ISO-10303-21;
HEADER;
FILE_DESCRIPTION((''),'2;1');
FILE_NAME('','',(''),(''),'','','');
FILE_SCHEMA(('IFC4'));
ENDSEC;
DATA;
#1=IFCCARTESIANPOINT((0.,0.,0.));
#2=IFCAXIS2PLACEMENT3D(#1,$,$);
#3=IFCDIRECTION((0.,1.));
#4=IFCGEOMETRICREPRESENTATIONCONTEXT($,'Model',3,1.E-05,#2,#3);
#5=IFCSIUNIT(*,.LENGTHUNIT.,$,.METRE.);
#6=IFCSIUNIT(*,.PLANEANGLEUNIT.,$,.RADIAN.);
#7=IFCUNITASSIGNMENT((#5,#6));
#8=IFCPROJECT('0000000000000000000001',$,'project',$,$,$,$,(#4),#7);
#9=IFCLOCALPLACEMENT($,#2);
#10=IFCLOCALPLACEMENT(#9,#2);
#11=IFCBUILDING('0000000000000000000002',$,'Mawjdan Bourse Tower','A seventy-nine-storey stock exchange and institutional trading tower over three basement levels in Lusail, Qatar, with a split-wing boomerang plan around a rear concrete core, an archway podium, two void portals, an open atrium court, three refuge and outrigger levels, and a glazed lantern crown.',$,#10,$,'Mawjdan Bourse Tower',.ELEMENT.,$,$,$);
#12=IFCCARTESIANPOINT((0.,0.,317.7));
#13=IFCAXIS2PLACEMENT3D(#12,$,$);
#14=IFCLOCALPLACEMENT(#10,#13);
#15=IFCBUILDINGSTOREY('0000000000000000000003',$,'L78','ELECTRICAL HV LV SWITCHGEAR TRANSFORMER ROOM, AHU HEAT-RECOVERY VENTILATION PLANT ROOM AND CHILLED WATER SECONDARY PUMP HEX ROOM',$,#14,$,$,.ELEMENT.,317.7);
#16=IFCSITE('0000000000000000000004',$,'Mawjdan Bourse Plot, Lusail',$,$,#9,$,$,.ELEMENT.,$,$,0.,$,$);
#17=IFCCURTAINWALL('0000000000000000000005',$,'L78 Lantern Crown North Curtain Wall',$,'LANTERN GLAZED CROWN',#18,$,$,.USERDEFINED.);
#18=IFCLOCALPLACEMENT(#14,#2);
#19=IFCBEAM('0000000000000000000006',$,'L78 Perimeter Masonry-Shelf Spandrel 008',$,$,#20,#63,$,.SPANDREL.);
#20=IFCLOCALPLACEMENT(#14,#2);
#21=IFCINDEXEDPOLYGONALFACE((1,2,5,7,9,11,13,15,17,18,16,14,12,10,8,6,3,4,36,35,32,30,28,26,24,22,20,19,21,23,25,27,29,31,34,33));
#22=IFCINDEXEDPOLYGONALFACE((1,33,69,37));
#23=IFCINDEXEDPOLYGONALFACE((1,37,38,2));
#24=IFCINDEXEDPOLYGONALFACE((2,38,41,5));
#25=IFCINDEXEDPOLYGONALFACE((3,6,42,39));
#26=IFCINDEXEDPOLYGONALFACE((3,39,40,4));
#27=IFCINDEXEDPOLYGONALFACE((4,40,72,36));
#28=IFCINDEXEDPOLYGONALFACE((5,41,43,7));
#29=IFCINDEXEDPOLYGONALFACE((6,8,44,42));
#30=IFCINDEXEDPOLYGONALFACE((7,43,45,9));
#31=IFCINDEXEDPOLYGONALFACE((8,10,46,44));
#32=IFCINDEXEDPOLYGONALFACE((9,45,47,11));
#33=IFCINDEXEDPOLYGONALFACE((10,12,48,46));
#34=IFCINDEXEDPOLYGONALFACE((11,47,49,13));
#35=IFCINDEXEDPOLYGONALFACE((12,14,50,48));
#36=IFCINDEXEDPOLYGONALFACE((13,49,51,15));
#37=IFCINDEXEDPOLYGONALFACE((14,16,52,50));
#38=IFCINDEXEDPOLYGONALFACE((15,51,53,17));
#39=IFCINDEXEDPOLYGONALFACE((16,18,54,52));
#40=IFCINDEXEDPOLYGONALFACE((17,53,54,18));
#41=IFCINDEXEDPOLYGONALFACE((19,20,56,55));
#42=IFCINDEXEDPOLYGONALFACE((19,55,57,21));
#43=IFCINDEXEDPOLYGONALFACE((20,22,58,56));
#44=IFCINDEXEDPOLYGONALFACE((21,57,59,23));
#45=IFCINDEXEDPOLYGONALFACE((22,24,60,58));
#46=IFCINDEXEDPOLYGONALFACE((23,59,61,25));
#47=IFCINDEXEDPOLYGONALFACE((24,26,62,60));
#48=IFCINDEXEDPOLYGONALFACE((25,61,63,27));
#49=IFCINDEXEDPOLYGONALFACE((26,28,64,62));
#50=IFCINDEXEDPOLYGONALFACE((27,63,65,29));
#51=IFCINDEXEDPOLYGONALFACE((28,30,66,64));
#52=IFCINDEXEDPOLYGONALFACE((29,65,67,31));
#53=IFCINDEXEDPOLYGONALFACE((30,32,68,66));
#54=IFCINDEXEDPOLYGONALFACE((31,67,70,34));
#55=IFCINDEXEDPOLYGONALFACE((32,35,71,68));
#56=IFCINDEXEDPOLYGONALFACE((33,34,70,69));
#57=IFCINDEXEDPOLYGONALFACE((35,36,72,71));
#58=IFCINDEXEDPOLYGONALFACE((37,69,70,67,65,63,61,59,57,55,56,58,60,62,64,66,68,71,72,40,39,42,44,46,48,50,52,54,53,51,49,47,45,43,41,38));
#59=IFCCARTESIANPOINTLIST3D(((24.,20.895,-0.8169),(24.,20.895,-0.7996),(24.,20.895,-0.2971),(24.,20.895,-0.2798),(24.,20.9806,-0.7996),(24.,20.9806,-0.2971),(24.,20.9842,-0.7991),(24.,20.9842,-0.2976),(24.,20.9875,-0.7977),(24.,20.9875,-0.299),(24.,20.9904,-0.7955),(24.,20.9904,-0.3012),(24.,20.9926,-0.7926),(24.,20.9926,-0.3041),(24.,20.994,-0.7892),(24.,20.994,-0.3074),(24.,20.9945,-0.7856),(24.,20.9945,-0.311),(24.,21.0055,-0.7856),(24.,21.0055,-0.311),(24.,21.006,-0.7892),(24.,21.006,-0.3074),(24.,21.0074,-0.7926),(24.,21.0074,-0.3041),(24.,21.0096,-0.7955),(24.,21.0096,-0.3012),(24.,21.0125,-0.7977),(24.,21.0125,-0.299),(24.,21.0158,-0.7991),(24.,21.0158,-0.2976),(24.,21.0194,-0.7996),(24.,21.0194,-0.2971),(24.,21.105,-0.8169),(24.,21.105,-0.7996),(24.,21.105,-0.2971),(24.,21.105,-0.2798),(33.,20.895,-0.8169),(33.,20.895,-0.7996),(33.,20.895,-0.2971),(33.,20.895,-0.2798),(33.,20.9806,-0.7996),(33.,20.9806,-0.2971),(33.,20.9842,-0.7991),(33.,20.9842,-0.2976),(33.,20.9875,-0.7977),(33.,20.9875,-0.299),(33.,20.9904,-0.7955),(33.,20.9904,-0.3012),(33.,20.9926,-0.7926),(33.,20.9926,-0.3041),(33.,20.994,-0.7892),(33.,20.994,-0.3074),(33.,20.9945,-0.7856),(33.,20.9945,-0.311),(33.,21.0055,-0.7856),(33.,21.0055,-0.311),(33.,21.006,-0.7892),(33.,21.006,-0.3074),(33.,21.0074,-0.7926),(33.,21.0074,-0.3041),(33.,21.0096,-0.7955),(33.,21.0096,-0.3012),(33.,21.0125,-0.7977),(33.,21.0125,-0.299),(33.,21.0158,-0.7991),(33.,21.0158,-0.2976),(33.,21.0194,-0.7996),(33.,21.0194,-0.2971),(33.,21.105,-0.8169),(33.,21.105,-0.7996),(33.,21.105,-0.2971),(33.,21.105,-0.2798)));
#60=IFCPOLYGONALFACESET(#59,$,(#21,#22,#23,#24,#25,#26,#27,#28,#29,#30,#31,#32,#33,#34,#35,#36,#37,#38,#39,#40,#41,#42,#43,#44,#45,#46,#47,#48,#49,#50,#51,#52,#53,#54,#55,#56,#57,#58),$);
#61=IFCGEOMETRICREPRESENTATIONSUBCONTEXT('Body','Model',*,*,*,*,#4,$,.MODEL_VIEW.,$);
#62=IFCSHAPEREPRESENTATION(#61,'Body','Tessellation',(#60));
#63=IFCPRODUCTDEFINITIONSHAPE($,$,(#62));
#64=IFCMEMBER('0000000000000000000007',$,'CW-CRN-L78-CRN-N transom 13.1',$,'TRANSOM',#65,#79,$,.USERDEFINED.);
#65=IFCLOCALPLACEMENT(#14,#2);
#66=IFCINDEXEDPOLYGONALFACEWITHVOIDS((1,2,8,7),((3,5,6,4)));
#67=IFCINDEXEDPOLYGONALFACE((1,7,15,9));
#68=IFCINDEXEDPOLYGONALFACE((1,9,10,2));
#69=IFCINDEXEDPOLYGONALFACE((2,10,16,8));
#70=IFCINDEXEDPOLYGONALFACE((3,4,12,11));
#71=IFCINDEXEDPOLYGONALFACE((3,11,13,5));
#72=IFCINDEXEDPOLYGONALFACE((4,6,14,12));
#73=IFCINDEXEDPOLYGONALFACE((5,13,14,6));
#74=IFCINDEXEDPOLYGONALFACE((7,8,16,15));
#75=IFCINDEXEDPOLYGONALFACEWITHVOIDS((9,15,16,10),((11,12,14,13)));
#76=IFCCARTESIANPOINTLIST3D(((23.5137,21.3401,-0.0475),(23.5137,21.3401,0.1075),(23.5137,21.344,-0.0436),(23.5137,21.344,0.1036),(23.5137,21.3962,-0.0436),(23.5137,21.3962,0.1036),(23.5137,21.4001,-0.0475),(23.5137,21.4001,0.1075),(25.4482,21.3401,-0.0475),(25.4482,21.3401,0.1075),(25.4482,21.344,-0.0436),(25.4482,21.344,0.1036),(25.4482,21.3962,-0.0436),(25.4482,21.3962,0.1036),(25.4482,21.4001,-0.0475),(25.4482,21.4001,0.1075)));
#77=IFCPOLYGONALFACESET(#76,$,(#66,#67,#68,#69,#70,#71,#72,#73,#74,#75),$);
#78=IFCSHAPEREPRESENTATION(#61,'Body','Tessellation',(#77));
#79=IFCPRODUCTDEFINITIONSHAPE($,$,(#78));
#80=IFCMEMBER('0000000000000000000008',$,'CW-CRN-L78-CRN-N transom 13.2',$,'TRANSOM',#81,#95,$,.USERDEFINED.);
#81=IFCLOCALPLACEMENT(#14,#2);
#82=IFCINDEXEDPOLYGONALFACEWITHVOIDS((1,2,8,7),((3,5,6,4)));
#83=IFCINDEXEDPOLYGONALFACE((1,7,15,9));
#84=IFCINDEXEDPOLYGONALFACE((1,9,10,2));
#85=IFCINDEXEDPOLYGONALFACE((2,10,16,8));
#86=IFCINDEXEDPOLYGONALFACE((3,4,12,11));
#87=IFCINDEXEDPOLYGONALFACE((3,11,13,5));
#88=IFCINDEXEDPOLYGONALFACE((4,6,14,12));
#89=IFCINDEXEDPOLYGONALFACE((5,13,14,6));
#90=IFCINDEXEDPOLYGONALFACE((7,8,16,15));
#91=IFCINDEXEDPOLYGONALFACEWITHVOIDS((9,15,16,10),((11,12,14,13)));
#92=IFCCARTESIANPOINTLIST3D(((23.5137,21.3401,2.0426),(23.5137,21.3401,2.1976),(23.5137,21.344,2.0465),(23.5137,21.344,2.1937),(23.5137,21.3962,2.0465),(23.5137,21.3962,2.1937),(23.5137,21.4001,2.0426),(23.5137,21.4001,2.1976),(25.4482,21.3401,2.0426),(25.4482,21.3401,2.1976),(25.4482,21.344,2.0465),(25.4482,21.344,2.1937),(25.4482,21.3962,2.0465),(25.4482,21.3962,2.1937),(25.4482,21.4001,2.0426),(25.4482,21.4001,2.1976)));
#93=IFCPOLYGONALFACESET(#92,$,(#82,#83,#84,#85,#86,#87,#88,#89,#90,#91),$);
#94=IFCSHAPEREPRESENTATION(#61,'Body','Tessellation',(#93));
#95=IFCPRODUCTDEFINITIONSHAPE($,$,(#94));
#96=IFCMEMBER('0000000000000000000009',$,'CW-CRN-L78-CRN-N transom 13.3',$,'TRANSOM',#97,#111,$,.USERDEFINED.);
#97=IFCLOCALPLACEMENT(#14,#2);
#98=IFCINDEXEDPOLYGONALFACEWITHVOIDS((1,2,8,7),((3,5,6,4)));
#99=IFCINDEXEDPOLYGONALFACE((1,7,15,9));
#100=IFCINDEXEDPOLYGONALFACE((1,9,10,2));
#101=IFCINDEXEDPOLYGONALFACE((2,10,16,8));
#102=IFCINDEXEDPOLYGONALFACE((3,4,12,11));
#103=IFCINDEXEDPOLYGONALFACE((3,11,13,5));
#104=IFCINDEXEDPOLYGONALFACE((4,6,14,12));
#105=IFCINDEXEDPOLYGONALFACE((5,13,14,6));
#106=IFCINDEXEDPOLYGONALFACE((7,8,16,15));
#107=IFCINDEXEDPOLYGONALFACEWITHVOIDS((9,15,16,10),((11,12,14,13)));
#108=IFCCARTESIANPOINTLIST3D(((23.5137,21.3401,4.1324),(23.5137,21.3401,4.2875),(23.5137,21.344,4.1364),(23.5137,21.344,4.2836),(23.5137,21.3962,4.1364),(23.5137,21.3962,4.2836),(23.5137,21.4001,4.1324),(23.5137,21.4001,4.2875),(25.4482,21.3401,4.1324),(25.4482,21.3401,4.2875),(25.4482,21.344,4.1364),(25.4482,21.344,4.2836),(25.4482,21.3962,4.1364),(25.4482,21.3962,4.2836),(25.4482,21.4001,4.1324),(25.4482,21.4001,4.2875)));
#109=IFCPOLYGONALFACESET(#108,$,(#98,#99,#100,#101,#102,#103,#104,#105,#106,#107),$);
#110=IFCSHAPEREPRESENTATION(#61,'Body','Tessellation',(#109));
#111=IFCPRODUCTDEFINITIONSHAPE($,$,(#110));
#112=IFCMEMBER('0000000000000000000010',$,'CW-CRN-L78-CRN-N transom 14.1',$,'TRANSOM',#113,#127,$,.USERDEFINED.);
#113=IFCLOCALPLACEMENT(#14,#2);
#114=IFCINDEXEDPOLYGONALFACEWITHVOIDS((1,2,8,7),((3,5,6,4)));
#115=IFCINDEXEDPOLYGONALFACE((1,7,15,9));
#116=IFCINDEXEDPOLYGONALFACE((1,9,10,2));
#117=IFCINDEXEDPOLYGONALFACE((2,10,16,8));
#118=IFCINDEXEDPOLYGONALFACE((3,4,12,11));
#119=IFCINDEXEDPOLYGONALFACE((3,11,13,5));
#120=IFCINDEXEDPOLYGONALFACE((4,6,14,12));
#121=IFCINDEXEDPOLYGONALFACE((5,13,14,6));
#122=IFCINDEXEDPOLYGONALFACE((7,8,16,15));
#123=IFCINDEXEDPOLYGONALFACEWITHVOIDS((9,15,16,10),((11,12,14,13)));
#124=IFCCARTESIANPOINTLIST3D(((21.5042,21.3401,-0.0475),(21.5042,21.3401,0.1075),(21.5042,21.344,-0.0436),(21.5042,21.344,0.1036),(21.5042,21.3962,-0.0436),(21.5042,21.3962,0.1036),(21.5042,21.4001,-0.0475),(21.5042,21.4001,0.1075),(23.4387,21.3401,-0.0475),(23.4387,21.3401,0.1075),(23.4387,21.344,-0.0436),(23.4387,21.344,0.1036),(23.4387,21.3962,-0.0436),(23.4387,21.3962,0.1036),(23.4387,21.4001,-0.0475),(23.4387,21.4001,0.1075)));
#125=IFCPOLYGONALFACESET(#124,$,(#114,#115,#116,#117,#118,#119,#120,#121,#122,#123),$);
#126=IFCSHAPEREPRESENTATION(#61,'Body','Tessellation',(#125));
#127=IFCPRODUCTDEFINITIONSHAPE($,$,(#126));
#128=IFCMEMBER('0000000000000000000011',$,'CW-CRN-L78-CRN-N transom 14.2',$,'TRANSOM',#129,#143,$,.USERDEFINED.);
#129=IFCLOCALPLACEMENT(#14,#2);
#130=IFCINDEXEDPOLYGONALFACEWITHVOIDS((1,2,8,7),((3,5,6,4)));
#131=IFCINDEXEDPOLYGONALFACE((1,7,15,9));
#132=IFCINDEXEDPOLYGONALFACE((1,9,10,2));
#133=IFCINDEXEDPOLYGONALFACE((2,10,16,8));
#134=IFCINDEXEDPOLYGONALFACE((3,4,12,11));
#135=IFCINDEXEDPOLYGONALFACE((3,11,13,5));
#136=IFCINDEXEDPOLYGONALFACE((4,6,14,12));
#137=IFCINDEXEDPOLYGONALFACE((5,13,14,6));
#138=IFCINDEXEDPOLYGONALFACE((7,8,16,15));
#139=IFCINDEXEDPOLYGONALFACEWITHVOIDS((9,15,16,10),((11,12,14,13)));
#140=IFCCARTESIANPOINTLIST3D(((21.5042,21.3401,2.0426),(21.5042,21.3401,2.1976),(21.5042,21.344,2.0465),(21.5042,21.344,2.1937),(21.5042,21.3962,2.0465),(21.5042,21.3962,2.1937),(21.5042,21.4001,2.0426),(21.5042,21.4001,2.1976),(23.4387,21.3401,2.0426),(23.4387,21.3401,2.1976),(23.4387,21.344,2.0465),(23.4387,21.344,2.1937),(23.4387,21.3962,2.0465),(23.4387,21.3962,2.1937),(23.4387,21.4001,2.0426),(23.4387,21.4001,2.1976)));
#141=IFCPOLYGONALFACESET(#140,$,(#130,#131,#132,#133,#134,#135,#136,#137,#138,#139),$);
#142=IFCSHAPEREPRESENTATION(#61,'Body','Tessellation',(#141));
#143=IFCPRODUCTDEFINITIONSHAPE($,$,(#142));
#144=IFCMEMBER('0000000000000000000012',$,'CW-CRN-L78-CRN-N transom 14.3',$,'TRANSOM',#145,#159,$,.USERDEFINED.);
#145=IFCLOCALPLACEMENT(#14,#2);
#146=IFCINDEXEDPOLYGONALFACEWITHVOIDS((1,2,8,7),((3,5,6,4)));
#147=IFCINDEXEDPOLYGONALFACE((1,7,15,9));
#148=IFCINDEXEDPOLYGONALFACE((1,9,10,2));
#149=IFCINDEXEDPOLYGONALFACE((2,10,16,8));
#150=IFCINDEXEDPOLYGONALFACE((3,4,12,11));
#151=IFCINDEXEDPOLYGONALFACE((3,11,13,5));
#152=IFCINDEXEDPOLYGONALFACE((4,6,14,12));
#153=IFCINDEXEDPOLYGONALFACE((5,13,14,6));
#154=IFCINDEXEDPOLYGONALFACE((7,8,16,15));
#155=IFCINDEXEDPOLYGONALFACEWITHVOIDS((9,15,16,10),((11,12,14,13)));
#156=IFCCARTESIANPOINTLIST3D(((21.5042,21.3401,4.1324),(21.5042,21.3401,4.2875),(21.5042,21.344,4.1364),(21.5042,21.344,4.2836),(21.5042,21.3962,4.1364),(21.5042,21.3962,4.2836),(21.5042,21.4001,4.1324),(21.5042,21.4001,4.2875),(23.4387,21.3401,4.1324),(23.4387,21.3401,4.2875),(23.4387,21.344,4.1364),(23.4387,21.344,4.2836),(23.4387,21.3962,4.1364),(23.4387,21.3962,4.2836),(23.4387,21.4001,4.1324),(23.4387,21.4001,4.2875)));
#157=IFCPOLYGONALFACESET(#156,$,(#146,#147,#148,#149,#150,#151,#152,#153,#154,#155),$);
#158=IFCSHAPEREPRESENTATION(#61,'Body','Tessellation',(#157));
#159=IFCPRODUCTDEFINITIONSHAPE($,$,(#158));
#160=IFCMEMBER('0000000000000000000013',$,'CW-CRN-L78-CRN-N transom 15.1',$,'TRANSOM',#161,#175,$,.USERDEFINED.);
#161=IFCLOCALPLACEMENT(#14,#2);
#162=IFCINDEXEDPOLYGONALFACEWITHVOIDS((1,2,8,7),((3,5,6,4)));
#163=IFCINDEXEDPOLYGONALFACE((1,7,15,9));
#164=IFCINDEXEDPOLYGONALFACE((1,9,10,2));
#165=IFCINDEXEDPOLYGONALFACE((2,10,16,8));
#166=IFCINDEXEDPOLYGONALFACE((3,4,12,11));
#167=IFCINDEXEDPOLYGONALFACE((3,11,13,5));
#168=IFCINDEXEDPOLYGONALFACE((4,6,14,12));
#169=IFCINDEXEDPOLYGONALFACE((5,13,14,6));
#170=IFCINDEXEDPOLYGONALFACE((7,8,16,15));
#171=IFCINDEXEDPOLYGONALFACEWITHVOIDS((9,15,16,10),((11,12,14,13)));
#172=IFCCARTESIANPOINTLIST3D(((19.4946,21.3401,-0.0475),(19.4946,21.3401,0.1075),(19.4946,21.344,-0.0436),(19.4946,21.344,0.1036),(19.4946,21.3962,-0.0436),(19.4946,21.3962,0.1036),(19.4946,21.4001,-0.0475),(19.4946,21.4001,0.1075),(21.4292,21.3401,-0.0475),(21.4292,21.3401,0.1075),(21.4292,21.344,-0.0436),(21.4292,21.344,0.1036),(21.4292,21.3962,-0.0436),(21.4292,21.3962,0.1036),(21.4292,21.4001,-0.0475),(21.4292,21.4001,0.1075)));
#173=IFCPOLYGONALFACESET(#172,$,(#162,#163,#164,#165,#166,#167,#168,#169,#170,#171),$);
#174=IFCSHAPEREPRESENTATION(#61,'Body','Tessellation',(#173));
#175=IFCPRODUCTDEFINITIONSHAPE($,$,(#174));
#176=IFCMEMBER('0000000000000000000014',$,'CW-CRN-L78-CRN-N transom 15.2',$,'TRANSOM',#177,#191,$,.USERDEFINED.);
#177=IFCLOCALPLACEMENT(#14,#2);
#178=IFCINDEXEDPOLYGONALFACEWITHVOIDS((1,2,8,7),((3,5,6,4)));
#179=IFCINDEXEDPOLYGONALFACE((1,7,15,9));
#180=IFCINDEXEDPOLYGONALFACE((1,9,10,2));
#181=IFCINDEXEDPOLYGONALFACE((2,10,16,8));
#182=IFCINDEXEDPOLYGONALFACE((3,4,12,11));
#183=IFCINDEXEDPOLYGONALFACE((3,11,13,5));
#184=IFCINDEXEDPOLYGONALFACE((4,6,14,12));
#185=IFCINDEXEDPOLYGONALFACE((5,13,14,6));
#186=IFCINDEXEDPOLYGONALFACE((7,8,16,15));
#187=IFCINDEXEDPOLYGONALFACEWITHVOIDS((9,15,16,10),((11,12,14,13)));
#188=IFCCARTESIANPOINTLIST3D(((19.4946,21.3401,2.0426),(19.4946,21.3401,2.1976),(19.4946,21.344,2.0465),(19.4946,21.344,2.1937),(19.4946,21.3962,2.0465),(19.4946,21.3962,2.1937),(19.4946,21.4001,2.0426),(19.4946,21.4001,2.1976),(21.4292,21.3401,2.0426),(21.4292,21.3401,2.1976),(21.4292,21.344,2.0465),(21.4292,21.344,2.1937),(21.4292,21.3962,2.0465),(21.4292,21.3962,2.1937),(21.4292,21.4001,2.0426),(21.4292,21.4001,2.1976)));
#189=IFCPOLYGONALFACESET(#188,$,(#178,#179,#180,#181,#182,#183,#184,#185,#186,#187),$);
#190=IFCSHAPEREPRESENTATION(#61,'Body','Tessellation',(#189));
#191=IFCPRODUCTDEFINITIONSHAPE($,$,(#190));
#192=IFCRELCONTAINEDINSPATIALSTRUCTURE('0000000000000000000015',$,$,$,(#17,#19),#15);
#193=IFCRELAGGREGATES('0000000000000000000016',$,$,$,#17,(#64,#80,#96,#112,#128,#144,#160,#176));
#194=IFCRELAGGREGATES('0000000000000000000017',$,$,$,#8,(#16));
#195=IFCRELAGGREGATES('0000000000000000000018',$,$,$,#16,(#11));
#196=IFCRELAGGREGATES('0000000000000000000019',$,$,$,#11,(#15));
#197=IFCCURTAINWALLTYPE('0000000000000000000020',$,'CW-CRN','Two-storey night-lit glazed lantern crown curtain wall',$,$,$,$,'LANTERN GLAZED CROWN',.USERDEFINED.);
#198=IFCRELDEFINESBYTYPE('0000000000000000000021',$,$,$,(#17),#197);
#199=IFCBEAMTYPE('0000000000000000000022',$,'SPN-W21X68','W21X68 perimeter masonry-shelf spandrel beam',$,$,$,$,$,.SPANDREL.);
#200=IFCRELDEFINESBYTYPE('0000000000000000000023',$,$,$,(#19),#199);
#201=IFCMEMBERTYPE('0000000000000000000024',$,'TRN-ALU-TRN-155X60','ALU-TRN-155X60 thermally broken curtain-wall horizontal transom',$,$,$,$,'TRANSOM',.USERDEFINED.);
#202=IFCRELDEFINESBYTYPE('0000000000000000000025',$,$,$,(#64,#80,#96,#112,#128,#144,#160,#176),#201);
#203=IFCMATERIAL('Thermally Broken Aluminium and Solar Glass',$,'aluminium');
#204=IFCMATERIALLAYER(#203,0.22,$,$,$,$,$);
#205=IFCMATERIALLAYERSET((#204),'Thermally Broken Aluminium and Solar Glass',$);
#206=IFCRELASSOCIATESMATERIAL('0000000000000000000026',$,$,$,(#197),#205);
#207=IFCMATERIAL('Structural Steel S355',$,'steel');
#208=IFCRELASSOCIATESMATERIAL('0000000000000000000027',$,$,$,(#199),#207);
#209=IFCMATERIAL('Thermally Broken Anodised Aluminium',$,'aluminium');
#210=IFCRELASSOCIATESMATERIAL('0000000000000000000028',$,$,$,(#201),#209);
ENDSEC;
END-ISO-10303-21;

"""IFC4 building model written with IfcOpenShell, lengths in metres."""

from ifc_helpers import new_model, si_unit, direction, frame, origin, origin_2d, place, context, subcontext, project, spatial, hollow_rectangle, i_section, extrude, material, layer, layer_set, material_profile, profile_set, type_object, element, aggregate, save


model = new_model("IFC4")

# Units and contexts
model_context = context("Model", 3, precision=1e-05, world=origin(), true_north=direction((0.0, 1.0)))
body_context = subcontext(model_context, "Body", "Model", "MODEL_VIEW")
ifc_project = project(units=[si_unit("LENGTHUNIT", "METRE"), si_unit("PLANEANGLEUNIT", "RADIAN")], contexts=[model_context])

# Site, building, storey
site_placement = place(None, origin())
site = spatial("IfcSite", under=ifc_project, at=site_placement, Name="Mawjdan Bourse Plot, Lusail", CompositionType="ELEMENT", RefElevation=0.0)
building_placement = place(site_placement, origin())
building = spatial("IfcBuilding", under=site, at=building_placement, Name="Mawjdan Bourse Tower", Description="A seventy-nine-storey stock exchange and institutional trading tower over three basement levels in Lusail, Qatar, with a split-wing boomerang plan around a rear concrete core, an archway podium, two void portals, an open atrium court, three refuge and outrigger levels, and a glazed lantern crown.", LongName="Mawjdan Bourse Tower", CompositionType="ELEMENT")
storey_placement = place(building_placement, frame((0.0, 0.0, 317.7)))
storey = spatial("IfcBuildingStorey", under=building, at=storey_placement, Name="L78", Description="ELECTRICAL HV LV SWITCHGEAR TRANSFORMER ROOM, AHU HEAT-RECOVERY VENTILATION PLANT ROOM AND CHILLED WATER SECONDARY PUMP HEX ROOM", CompositionType="ELEMENT", Elevation=317.7)

# Shared definitions
ifc_material_1 = material(Name="Structural Steel S355", Category="steel")

# Curtain wall
ifc_material_2 = material(Name="Thermally Broken Aluminium and Solar Glass", Category="aluminium")
ifc_layer_1 = layer(ifc_material_2, 0.22)
ifc_layer_set_1 = layer_set([ifc_layer_1], Name="Thermally Broken Aluminium and Solar Glass")
curtain_wall_type = type_object("IfcCurtainWallType", Name="CW-CRN", Description="Two-storey night-lit glazed lantern crown curtain wall", ElementType="LANTERN GLAZED CROWN", PredefinedType="USERDEFINED", material=ifc_layer_set_1)
curtain_wall_placement = place(storey_placement, origin())
curtain_wall = element("IfcCurtainWall", 1, at=curtain_wall_placement, inside=storey, type_object=curtain_wall_type, Name="L78 Lantern Crown North Curtain Wall", ObjectType="LANTERN GLAZED CROWN", PredefinedType="USERDEFINED")
ifc_material_3 = material(Name="Thermally Broken Anodised Aluminium", Category="aluminium")

# Beam
ifc_material_profile_1 = material_profile(ifc_material_1, i_section(OverallWidth=0.21, OverallDepth=0.5371, WebThickness=0.011, FlangeThickness=0.0173, FilletRadius=0.0139, at=origin_2d()), Name="W21X68")
ifc_profile_set_1 = profile_set([ifc_material_profile_1], Name="Structural Steel S355")
beam_type_1 = type_object("IfcBeamType", Name="SPN-W21X68", Description="W21X68 perimeter masonry-shelf spandrel beam", PredefinedType="SPANDREL", material=ifc_profile_set_1)
beam_1_placement = place(storey_placement, frame((24.0, 21.0, -0.5483), z_axis=(1.0, 0.0, 0.0), x_axis=(0.0, 1.0, 0.0)))
element("IfcBeam", 2, at=beam_1_placement, inside=storey, type_object=beam_type_1, Name="L78 Perimeter Masonry-Shelf Spandrel 008", PredefinedType="SPANDREL", context=body_context, shape_type="SweptSolid", body=[
    extrude(i_section(OverallWidth=0.21, OverallDepth=0.5371, WebThickness=0.011, FlangeThickness=0.0173, FilletRadius=0.0139, at=origin_2d()), origin(), (0.0, 0.0, 1.0), 9.0),
])

# Members
ifc_material_profile_2 = material_profile(ifc_material_3, hollow_rectangle(XDim=0.0601, YDim=0.155, WallThickness=0.0039, at=origin_2d()), Name="ALU-TRN-155X60")
ifc_profile_set_2 = profile_set([ifc_material_profile_2], Name="Thermally Broken Anodised Aluminium")
member_type_1 = type_object("IfcMemberType", Name="TRN-ALU-TRN-155X60", Description="ALU-TRN-155X60 thermally broken curtain-wall horizontal transom", ElementType="TRANSOM", PredefinedType="USERDEFINED", material=ifc_profile_set_2)
member_1_placement = place(storey_placement, frame((25.4482, 21.3701, 0.03), z_axis=(-1.0, 0.0, 0.0), x_axis=(0.0, -1.0, 0.0)))
member_1 = element("IfcMember", 3, at=member_1_placement, type_object=member_type_1, Name="CW-CRN-L78-CRN-N transom 13.1", ObjectType="TRANSOM", PredefinedType="USERDEFINED", context=body_context, shape_type="SweptSolid", body=[
    extrude(hollow_rectangle(XDim=0.0601, YDim=0.155, WallThickness=0.0039, at=origin_2d()), origin(), (0.0, 0.0, 1.0), 1.9346),
])
member_2_placement = place(storey_placement, frame((25.4482, 21.3701, 2.1201), z_axis=(-1.0, 0.0, 0.0), x_axis=(0.0, -1.0, 0.0)))
member_2 = element("IfcMember", 4, at=member_2_placement, type_object=member_type_1, Name="CW-CRN-L78-CRN-N transom 13.2", ObjectType="TRANSOM", PredefinedType="USERDEFINED", context=body_context, shape_type="SweptSolid", body=[
    extrude(hollow_rectangle(XDim=0.0601, YDim=0.155, WallThickness=0.0039, at=origin_2d()), origin(), (0.0, 0.0, 1.0), 1.9346),
])
member_3_placement = place(storey_placement, frame((25.4482, 21.3701, 4.21), z_axis=(-1.0, 0.0, 0.0), x_axis=(0.0, -1.0, 0.0)))
member_3 = element("IfcMember", 5, at=member_3_placement, type_object=member_type_1, Name="CW-CRN-L78-CRN-N transom 13.3", ObjectType="TRANSOM", PredefinedType="USERDEFINED", context=body_context, shape_type="SweptSolid", body=[
    extrude(hollow_rectangle(XDim=0.0601, YDim=0.155, WallThickness=0.0039, at=origin_2d()), origin(), (0.0, 0.0, 1.0), 1.9346),
])
member_4_placement = place(storey_placement, frame((23.4387, 21.3701, 0.03), z_axis=(-1.0, 0.0, 0.0), x_axis=(0.0, -1.0, 0.0)))
member_4 = element("IfcMember", 6, at=member_4_placement, type_object=member_type_1, Name="CW-CRN-L78-CRN-N transom 14.1", ObjectType="TRANSOM", PredefinedType="USERDEFINED", context=body_context, shape_type="SweptSolid", body=[
    extrude(hollow_rectangle(XDim=0.0601, YDim=0.155, WallThickness=0.0039, at=origin_2d()), origin(), (0.0, 0.0, 1.0), 1.9346),
])
member_5_placement = place(storey_placement, frame((23.4387, 21.3701, 2.1201), z_axis=(-1.0, 0.0, 0.0), x_axis=(0.0, -1.0, 0.0)))
member_5 = element("IfcMember", 7, at=member_5_placement, type_object=member_type_1, Name="CW-CRN-L78-CRN-N transom 14.2", ObjectType="TRANSOM", PredefinedType="USERDEFINED", context=body_context, shape_type="SweptSolid", body=[
    extrude(hollow_rectangle(XDim=0.0601, YDim=0.155, WallThickness=0.0039, at=origin_2d()), origin(), (0.0, 0.0, 1.0), 1.9346),
])
member_6_placement = place(storey_placement, frame((23.4387, 21.3701, 4.21), z_axis=(-1.0, 0.0, 0.0), x_axis=(0.0, -1.0, 0.0)))
member_6 = element("IfcMember", 8, at=member_6_placement, type_object=member_type_1, Name="CW-CRN-L78-CRN-N transom 14.3", ObjectType="TRANSOM", PredefinedType="USERDEFINED", context=body_context, shape_type="SweptSolid", body=[
    extrude(hollow_rectangle(XDim=0.0601, YDim=0.155, WallThickness=0.0039, at=origin_2d()), origin(), (0.0, 0.0, 1.0), 1.9346),
])
member_7_placement = place(storey_placement, frame((21.4292, 21.3701, 0.03), z_axis=(-1.0, 0.0, 0.0), x_axis=(0.0, -1.0, 0.0)))
member_7 = element("IfcMember", 9, at=member_7_placement, type_object=member_type_1, Name="CW-CRN-L78-CRN-N transom 15.1", ObjectType="TRANSOM", PredefinedType="USERDEFINED", context=body_context, shape_type="SweptSolid", body=[
    extrude(hollow_rectangle(XDim=0.0601, YDim=0.155, WallThickness=0.0039, at=origin_2d()), origin(), (0.0, 0.0, 1.0), 1.9346),
])
member_8_placement = place(storey_placement, frame((21.4292, 21.3701, 2.1201), z_axis=(-1.0, 0.0, 0.0), x_axis=(0.0, -1.0, 0.0)))
member_8 = element("IfcMember", 10, at=member_8_placement, type_object=member_type_1, Name="CW-CRN-L78-CRN-N transom 15.2", ObjectType="TRANSOM", PredefinedType="USERDEFINED", context=body_context, shape_type="SweptSolid", body=[
    extrude(hollow_rectangle(XDim=0.0601, YDim=0.155, WallThickness=0.0039, at=origin_2d()), origin(), (0.0, 0.0, 1.0), 1.9346),
])

aggregate(curtain_wall, [member_1, member_2, member_3, member_4, member_5, member_6, member_7, member_8])

save(model, "model.ifc")
